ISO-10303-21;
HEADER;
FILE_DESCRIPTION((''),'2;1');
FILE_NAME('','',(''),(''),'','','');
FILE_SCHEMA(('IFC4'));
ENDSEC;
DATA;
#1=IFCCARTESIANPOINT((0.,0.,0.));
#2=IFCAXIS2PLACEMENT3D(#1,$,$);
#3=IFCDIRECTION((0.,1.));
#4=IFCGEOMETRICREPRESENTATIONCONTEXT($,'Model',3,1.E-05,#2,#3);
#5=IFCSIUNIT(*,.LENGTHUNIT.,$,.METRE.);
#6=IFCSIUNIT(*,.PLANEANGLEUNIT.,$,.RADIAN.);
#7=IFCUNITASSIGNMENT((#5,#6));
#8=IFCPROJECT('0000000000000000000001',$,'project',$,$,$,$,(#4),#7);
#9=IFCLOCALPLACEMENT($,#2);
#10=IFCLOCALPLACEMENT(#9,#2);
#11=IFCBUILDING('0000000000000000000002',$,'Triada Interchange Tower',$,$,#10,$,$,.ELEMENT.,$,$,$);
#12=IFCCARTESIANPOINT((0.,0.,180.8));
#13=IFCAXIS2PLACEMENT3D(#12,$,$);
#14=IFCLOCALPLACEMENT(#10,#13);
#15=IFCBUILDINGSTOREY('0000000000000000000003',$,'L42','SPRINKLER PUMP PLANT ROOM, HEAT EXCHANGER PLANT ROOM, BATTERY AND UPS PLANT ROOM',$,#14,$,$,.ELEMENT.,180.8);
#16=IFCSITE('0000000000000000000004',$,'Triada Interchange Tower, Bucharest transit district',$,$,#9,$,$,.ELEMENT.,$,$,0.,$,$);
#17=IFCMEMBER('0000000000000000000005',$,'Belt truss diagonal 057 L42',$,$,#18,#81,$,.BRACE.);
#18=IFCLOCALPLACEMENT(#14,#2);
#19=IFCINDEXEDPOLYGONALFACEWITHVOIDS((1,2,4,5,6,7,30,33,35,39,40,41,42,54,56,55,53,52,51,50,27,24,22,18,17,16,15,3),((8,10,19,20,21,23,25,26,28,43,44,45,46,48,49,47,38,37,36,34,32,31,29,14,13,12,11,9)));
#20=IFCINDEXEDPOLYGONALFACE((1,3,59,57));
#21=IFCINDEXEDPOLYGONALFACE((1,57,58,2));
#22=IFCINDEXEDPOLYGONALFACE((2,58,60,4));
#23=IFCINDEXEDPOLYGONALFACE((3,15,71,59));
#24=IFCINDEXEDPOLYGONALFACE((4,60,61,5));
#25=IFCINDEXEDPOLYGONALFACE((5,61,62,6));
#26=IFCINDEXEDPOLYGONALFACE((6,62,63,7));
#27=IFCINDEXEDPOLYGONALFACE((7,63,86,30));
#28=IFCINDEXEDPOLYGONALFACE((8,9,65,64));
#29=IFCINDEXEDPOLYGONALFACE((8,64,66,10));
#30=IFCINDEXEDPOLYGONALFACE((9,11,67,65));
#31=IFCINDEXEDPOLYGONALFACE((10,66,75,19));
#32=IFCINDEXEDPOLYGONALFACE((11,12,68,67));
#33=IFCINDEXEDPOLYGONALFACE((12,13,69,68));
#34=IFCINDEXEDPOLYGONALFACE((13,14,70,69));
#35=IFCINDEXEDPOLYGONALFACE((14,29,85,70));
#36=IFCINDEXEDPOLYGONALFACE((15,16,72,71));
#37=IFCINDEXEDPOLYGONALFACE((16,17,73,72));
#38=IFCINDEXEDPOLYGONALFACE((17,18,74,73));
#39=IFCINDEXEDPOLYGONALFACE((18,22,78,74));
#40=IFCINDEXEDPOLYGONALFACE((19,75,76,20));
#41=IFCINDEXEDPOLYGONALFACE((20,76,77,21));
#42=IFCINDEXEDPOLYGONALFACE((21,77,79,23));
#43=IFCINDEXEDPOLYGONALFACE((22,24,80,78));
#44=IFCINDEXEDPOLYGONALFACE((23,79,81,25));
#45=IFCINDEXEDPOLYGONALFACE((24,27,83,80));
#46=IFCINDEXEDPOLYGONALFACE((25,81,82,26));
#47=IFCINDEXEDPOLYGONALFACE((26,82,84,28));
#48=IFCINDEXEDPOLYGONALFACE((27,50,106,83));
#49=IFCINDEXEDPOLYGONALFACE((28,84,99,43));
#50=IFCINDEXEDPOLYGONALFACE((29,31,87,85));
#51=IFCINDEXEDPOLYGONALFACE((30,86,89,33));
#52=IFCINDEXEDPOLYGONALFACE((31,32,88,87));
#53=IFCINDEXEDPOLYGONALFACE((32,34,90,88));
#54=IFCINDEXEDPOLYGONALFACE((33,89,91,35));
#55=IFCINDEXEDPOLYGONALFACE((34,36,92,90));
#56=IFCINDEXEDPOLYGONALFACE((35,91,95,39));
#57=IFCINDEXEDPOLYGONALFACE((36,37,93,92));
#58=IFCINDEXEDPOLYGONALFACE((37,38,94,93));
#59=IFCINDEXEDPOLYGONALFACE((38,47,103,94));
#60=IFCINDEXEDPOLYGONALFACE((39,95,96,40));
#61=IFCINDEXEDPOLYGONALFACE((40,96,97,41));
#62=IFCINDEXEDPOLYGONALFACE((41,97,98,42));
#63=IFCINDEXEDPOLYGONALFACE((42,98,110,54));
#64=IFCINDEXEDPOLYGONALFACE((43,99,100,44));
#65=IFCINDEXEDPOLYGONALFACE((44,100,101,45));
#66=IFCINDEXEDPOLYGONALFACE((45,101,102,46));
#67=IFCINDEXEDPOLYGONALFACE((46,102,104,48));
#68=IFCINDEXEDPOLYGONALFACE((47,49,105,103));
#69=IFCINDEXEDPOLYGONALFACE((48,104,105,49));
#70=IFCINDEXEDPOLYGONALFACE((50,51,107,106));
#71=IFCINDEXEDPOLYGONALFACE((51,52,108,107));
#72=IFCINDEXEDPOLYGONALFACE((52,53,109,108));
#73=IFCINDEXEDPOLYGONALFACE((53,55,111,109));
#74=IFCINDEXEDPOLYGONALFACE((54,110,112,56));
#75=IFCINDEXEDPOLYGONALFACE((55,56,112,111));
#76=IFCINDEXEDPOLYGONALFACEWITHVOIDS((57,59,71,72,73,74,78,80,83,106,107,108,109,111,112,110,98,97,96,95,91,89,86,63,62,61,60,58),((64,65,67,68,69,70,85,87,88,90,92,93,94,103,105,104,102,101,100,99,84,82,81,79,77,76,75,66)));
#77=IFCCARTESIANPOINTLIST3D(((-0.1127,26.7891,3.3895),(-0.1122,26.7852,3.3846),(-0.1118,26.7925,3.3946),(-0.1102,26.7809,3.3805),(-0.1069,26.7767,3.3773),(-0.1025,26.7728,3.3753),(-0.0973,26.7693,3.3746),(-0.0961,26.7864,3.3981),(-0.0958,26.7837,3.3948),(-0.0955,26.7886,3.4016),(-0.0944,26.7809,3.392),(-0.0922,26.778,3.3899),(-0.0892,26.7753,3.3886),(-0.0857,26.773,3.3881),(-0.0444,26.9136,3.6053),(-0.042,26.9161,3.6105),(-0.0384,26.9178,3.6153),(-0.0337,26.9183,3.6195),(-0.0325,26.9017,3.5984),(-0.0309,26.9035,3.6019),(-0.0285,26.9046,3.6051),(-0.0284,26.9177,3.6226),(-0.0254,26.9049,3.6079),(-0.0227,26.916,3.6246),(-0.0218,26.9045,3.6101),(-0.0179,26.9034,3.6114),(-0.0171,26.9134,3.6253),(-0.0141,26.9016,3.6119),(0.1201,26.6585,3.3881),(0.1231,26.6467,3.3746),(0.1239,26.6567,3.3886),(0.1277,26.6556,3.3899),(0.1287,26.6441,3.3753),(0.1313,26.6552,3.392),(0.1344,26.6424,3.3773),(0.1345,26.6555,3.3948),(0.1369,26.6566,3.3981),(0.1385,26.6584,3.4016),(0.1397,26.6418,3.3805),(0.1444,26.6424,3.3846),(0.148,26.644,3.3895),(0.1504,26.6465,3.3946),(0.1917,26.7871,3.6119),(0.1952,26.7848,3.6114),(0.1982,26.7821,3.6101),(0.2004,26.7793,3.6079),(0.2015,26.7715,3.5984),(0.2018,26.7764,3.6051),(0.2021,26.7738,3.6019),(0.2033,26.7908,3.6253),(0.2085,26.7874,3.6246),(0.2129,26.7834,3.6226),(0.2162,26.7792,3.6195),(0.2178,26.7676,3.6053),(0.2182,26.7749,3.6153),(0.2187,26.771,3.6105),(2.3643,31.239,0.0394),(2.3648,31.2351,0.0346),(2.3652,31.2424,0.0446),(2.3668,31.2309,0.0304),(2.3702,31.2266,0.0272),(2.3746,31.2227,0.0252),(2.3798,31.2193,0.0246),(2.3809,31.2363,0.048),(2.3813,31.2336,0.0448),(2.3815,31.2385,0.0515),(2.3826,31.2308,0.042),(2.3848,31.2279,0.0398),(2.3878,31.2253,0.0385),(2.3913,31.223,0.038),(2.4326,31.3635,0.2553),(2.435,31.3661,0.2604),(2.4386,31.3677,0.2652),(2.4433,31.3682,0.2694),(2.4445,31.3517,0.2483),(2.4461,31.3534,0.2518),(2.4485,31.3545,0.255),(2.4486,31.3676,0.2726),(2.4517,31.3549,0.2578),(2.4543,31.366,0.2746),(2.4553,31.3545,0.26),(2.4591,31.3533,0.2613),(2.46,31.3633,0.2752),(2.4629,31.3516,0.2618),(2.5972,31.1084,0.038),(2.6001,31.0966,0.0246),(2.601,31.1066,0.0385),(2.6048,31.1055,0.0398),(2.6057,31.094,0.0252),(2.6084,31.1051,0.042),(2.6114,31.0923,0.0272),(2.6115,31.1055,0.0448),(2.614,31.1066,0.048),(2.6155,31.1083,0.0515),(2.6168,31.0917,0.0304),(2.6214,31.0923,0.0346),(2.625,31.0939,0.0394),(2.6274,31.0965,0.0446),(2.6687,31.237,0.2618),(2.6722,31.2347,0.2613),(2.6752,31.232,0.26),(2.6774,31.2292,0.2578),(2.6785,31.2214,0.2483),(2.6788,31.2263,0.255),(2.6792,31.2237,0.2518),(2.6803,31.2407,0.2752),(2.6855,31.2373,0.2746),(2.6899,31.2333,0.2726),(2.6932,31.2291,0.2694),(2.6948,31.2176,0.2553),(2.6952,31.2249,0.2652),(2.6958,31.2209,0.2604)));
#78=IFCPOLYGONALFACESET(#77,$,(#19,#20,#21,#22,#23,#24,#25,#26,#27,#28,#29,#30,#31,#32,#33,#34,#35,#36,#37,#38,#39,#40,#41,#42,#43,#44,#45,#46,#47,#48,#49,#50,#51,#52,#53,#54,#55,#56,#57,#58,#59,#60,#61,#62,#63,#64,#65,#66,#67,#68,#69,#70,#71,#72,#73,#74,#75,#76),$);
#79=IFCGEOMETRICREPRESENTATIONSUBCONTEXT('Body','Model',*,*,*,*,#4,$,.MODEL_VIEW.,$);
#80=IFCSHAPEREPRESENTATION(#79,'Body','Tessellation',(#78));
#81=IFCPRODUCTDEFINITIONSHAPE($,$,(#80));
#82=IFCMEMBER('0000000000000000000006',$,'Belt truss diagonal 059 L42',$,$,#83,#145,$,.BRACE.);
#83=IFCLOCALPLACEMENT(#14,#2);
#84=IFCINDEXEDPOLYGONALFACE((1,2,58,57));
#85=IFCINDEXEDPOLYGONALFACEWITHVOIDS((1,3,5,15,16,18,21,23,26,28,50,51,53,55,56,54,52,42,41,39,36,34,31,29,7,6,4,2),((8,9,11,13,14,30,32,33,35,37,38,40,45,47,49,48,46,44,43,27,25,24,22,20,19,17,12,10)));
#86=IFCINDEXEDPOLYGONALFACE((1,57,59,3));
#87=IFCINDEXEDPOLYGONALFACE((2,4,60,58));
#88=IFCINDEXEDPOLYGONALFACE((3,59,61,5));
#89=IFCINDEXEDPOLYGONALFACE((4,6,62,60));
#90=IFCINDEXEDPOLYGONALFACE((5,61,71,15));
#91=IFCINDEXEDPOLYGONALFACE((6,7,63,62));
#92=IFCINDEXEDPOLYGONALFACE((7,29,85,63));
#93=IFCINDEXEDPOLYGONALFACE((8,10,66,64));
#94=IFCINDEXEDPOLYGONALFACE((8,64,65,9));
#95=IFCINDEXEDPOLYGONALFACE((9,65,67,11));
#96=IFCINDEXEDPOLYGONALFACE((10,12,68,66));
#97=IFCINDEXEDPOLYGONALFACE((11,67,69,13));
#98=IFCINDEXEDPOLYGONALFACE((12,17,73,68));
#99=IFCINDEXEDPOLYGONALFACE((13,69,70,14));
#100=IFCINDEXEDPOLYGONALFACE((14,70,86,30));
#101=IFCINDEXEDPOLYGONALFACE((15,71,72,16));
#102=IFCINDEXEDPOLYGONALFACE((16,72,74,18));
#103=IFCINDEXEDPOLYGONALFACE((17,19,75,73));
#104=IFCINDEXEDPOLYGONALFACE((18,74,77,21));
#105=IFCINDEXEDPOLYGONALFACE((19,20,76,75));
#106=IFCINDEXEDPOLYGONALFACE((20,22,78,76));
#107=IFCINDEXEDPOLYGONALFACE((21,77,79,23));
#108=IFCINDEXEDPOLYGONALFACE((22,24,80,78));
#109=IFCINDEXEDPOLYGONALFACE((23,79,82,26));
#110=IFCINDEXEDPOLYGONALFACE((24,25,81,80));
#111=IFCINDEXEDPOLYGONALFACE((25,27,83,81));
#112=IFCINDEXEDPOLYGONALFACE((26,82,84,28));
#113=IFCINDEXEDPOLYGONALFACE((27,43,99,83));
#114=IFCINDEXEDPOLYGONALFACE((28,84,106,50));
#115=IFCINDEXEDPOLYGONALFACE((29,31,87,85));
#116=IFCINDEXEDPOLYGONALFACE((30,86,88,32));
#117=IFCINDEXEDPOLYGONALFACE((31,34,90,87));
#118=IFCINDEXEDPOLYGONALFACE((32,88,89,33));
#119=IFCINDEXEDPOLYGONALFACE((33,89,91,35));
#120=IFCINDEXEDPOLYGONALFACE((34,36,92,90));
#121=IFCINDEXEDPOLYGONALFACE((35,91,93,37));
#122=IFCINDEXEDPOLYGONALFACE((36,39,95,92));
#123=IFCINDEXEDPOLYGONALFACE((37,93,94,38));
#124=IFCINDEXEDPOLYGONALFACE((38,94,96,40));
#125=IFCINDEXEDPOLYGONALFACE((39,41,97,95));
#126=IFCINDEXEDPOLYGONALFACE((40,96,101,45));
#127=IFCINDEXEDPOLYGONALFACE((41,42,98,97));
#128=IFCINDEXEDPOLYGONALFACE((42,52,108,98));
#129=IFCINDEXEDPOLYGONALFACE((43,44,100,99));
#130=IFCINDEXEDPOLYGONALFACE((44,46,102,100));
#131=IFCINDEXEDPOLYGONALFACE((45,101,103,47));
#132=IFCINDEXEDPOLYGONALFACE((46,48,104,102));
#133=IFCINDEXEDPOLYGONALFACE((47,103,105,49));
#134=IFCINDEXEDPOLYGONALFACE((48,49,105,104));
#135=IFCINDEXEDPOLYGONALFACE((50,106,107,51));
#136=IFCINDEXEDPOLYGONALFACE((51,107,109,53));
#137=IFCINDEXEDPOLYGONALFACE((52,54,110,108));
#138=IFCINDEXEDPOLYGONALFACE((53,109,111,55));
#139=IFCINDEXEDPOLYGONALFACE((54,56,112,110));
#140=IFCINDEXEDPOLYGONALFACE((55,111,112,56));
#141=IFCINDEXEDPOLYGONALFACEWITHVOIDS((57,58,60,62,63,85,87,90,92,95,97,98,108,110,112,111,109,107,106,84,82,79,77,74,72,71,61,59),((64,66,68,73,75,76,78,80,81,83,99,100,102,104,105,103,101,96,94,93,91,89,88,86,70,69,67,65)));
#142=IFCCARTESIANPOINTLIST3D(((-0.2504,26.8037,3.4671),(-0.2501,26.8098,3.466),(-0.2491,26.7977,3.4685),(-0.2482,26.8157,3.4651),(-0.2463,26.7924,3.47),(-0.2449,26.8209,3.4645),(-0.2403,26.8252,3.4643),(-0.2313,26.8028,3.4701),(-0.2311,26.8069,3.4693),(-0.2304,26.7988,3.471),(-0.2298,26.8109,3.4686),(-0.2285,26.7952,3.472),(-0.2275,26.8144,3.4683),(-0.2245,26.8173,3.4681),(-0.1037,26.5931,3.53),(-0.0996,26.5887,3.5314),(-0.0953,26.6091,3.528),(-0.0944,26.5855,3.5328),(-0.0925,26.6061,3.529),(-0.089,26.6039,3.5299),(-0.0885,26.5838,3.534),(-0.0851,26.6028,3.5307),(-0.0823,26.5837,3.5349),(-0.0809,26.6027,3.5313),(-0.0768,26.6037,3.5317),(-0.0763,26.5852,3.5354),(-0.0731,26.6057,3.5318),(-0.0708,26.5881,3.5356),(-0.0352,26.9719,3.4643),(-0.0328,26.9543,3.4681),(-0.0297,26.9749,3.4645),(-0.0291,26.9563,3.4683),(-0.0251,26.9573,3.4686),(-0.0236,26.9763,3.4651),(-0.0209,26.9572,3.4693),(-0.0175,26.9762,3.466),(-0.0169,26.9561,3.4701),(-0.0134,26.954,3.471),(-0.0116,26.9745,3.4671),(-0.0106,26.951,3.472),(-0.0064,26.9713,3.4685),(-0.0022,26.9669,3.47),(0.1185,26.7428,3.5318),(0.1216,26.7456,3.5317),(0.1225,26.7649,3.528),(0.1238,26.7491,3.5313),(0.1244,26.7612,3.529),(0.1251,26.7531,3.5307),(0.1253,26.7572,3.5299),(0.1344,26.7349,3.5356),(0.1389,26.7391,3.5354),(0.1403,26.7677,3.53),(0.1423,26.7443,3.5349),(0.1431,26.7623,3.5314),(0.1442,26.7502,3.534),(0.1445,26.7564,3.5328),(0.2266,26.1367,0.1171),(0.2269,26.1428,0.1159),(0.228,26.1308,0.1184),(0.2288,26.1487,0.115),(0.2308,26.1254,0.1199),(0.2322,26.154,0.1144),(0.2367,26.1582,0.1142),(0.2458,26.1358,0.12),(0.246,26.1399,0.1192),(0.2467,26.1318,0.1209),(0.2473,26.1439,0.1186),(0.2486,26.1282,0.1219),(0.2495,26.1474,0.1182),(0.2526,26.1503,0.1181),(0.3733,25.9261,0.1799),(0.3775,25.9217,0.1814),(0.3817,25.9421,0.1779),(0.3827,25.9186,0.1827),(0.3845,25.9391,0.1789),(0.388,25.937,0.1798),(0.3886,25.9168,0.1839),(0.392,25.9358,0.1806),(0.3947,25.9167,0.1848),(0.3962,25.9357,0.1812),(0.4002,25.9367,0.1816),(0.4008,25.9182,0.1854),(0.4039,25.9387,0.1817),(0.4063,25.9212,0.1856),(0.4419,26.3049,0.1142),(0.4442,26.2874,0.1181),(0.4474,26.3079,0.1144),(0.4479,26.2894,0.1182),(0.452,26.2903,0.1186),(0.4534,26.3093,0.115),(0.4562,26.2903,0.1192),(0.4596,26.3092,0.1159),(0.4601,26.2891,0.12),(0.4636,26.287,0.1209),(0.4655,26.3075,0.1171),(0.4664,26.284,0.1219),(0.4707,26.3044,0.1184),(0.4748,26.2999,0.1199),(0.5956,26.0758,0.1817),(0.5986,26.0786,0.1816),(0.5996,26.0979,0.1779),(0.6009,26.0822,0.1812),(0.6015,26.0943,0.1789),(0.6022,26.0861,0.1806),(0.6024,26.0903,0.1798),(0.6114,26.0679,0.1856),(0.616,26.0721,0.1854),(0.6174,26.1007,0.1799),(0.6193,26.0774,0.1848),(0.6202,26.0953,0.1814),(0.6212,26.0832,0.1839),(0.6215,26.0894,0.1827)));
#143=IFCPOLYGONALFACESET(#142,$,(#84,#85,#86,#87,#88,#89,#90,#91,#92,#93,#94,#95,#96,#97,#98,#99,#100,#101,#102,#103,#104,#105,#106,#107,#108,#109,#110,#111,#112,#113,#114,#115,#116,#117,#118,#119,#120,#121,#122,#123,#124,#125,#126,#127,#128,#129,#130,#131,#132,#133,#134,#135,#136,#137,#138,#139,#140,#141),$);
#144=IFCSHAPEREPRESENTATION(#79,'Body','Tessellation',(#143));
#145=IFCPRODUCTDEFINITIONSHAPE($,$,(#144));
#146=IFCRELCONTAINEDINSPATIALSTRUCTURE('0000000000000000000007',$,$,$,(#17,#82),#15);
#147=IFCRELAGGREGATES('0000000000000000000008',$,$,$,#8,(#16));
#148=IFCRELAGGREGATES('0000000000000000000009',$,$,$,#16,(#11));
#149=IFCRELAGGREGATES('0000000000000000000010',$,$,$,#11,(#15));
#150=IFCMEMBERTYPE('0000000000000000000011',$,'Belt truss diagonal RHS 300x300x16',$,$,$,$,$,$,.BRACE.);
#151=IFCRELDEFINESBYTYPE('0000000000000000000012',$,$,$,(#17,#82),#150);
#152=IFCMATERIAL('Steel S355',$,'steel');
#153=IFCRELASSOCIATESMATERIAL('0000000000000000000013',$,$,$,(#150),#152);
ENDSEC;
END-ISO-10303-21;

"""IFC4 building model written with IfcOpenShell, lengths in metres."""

from ifc_helpers import new_model, si_unit, direction, frame, origin, origin_2d, place, context, subcontext, project, spatial, hollow_rectangle, extrude, material, material_profile, profile_set, type_object, element, save


model = new_model("IFC4")

# Units and contexts
model_context = context("Model", 3, precision=1e-05, world=origin(), true_north=direction((0.0, 1.0)))
body_context = subcontext(model_context, "Body", "Model", "MODEL_VIEW")
ifc_project = project(units=[si_unit("LENGTHUNIT", "METRE"), si_unit("PLANEANGLEUNIT", "RADIAN")], contexts=[model_context])

# Site, building, storey
site_placement = place(None, origin())
site = spatial("IfcSite", under=ifc_project, at=site_placement, Name="Triada Interchange Tower, Bucharest transit district", CompositionType="ELEMENT", RefElevation=0.0)
building_placement = place(site_placement, origin())
building = spatial("IfcBuilding", under=site, at=building_placement, Name="Triada Interchange Tower", CompositionType="ELEMENT")
storey_placement = place(building_placement, frame((0.0, 0.0, 180.8)))
storey = spatial("IfcBuildingStorey", under=building, at=storey_placement, Name="L42", Description="SPRINKLER PUMP PLANT ROOM, HEAT EXCHANGER PLANT ROOM, BATTERY AND UPS PLANT ROOM", CompositionType="ELEMENT", Elevation=180.8)

# Members
ifc_material_1 = material(Name="Steel S355", Category="steel")
ifc_material_profile_1 = material_profile(ifc_material_1, hollow_rectangle(XDim=0.3, YDim=0.3, WallThickness=0.0161, InnerFilletRadius=0.0161, OuterFilletRadius=0.0239, at=origin_2d()), Name="RHS 300x300x16")
ifc_profile_set_1 = profile_set([ifc_material_profile_1], Name="Steel S355")
member_type_1 = type_object("IfcMemberType", Name="Belt truss diagonal RHS 300x300x16", PredefinedType="BRACE", material=ifc_profile_set_1)
member_1_placement = place(storey_placement, frame((2.53, 31.23, 0.1499), z_axis=(-0.406342, -0.729981, 0.549558), x_axis=(0.873752, -0.486371, 0.0)))
element("IfcMember", 1, at=member_1_placement, inside=storey, type_object=member_type_1, Name="Belt truss diagonal 057 L42", PredefinedType="BRACE", context=body_context, shape_type="SweptSolid", body=[
    extrude(hollow_rectangle(XDim=0.3, YDim=0.3, WallThickness=0.0161, InnerFilletRadius=0.0161, OuterFilletRadius=0.0239, at=origin_2d()), origin(), (0.0, 0.0, 1.0), 6.0959),
])
member_2_placement = place(storey_placement, frame((0.4241, 26.113, 0.1499), z_axis=(-0.138316, 0.193387, 0.971324), x_axis=(-0.813371, -0.581745, 0.0)))
element("IfcMember", 2, at=member_2_placement, inside=storey, type_object=member_type_1, Name="Belt truss diagonal 059 L42", PredefinedType="BRACE", context=body_context, shape_type="SweptSolid", body=[
    extrude(hollow_rectangle(XDim=0.3, YDim=0.3, WallThickness=0.0161, InnerFilletRadius=0.0161, OuterFilletRadius=0.0239, at=origin_2d()), origin(), (0.0, 0.0, 1.0), 3.449),
])

save(model, "model.ifc")
